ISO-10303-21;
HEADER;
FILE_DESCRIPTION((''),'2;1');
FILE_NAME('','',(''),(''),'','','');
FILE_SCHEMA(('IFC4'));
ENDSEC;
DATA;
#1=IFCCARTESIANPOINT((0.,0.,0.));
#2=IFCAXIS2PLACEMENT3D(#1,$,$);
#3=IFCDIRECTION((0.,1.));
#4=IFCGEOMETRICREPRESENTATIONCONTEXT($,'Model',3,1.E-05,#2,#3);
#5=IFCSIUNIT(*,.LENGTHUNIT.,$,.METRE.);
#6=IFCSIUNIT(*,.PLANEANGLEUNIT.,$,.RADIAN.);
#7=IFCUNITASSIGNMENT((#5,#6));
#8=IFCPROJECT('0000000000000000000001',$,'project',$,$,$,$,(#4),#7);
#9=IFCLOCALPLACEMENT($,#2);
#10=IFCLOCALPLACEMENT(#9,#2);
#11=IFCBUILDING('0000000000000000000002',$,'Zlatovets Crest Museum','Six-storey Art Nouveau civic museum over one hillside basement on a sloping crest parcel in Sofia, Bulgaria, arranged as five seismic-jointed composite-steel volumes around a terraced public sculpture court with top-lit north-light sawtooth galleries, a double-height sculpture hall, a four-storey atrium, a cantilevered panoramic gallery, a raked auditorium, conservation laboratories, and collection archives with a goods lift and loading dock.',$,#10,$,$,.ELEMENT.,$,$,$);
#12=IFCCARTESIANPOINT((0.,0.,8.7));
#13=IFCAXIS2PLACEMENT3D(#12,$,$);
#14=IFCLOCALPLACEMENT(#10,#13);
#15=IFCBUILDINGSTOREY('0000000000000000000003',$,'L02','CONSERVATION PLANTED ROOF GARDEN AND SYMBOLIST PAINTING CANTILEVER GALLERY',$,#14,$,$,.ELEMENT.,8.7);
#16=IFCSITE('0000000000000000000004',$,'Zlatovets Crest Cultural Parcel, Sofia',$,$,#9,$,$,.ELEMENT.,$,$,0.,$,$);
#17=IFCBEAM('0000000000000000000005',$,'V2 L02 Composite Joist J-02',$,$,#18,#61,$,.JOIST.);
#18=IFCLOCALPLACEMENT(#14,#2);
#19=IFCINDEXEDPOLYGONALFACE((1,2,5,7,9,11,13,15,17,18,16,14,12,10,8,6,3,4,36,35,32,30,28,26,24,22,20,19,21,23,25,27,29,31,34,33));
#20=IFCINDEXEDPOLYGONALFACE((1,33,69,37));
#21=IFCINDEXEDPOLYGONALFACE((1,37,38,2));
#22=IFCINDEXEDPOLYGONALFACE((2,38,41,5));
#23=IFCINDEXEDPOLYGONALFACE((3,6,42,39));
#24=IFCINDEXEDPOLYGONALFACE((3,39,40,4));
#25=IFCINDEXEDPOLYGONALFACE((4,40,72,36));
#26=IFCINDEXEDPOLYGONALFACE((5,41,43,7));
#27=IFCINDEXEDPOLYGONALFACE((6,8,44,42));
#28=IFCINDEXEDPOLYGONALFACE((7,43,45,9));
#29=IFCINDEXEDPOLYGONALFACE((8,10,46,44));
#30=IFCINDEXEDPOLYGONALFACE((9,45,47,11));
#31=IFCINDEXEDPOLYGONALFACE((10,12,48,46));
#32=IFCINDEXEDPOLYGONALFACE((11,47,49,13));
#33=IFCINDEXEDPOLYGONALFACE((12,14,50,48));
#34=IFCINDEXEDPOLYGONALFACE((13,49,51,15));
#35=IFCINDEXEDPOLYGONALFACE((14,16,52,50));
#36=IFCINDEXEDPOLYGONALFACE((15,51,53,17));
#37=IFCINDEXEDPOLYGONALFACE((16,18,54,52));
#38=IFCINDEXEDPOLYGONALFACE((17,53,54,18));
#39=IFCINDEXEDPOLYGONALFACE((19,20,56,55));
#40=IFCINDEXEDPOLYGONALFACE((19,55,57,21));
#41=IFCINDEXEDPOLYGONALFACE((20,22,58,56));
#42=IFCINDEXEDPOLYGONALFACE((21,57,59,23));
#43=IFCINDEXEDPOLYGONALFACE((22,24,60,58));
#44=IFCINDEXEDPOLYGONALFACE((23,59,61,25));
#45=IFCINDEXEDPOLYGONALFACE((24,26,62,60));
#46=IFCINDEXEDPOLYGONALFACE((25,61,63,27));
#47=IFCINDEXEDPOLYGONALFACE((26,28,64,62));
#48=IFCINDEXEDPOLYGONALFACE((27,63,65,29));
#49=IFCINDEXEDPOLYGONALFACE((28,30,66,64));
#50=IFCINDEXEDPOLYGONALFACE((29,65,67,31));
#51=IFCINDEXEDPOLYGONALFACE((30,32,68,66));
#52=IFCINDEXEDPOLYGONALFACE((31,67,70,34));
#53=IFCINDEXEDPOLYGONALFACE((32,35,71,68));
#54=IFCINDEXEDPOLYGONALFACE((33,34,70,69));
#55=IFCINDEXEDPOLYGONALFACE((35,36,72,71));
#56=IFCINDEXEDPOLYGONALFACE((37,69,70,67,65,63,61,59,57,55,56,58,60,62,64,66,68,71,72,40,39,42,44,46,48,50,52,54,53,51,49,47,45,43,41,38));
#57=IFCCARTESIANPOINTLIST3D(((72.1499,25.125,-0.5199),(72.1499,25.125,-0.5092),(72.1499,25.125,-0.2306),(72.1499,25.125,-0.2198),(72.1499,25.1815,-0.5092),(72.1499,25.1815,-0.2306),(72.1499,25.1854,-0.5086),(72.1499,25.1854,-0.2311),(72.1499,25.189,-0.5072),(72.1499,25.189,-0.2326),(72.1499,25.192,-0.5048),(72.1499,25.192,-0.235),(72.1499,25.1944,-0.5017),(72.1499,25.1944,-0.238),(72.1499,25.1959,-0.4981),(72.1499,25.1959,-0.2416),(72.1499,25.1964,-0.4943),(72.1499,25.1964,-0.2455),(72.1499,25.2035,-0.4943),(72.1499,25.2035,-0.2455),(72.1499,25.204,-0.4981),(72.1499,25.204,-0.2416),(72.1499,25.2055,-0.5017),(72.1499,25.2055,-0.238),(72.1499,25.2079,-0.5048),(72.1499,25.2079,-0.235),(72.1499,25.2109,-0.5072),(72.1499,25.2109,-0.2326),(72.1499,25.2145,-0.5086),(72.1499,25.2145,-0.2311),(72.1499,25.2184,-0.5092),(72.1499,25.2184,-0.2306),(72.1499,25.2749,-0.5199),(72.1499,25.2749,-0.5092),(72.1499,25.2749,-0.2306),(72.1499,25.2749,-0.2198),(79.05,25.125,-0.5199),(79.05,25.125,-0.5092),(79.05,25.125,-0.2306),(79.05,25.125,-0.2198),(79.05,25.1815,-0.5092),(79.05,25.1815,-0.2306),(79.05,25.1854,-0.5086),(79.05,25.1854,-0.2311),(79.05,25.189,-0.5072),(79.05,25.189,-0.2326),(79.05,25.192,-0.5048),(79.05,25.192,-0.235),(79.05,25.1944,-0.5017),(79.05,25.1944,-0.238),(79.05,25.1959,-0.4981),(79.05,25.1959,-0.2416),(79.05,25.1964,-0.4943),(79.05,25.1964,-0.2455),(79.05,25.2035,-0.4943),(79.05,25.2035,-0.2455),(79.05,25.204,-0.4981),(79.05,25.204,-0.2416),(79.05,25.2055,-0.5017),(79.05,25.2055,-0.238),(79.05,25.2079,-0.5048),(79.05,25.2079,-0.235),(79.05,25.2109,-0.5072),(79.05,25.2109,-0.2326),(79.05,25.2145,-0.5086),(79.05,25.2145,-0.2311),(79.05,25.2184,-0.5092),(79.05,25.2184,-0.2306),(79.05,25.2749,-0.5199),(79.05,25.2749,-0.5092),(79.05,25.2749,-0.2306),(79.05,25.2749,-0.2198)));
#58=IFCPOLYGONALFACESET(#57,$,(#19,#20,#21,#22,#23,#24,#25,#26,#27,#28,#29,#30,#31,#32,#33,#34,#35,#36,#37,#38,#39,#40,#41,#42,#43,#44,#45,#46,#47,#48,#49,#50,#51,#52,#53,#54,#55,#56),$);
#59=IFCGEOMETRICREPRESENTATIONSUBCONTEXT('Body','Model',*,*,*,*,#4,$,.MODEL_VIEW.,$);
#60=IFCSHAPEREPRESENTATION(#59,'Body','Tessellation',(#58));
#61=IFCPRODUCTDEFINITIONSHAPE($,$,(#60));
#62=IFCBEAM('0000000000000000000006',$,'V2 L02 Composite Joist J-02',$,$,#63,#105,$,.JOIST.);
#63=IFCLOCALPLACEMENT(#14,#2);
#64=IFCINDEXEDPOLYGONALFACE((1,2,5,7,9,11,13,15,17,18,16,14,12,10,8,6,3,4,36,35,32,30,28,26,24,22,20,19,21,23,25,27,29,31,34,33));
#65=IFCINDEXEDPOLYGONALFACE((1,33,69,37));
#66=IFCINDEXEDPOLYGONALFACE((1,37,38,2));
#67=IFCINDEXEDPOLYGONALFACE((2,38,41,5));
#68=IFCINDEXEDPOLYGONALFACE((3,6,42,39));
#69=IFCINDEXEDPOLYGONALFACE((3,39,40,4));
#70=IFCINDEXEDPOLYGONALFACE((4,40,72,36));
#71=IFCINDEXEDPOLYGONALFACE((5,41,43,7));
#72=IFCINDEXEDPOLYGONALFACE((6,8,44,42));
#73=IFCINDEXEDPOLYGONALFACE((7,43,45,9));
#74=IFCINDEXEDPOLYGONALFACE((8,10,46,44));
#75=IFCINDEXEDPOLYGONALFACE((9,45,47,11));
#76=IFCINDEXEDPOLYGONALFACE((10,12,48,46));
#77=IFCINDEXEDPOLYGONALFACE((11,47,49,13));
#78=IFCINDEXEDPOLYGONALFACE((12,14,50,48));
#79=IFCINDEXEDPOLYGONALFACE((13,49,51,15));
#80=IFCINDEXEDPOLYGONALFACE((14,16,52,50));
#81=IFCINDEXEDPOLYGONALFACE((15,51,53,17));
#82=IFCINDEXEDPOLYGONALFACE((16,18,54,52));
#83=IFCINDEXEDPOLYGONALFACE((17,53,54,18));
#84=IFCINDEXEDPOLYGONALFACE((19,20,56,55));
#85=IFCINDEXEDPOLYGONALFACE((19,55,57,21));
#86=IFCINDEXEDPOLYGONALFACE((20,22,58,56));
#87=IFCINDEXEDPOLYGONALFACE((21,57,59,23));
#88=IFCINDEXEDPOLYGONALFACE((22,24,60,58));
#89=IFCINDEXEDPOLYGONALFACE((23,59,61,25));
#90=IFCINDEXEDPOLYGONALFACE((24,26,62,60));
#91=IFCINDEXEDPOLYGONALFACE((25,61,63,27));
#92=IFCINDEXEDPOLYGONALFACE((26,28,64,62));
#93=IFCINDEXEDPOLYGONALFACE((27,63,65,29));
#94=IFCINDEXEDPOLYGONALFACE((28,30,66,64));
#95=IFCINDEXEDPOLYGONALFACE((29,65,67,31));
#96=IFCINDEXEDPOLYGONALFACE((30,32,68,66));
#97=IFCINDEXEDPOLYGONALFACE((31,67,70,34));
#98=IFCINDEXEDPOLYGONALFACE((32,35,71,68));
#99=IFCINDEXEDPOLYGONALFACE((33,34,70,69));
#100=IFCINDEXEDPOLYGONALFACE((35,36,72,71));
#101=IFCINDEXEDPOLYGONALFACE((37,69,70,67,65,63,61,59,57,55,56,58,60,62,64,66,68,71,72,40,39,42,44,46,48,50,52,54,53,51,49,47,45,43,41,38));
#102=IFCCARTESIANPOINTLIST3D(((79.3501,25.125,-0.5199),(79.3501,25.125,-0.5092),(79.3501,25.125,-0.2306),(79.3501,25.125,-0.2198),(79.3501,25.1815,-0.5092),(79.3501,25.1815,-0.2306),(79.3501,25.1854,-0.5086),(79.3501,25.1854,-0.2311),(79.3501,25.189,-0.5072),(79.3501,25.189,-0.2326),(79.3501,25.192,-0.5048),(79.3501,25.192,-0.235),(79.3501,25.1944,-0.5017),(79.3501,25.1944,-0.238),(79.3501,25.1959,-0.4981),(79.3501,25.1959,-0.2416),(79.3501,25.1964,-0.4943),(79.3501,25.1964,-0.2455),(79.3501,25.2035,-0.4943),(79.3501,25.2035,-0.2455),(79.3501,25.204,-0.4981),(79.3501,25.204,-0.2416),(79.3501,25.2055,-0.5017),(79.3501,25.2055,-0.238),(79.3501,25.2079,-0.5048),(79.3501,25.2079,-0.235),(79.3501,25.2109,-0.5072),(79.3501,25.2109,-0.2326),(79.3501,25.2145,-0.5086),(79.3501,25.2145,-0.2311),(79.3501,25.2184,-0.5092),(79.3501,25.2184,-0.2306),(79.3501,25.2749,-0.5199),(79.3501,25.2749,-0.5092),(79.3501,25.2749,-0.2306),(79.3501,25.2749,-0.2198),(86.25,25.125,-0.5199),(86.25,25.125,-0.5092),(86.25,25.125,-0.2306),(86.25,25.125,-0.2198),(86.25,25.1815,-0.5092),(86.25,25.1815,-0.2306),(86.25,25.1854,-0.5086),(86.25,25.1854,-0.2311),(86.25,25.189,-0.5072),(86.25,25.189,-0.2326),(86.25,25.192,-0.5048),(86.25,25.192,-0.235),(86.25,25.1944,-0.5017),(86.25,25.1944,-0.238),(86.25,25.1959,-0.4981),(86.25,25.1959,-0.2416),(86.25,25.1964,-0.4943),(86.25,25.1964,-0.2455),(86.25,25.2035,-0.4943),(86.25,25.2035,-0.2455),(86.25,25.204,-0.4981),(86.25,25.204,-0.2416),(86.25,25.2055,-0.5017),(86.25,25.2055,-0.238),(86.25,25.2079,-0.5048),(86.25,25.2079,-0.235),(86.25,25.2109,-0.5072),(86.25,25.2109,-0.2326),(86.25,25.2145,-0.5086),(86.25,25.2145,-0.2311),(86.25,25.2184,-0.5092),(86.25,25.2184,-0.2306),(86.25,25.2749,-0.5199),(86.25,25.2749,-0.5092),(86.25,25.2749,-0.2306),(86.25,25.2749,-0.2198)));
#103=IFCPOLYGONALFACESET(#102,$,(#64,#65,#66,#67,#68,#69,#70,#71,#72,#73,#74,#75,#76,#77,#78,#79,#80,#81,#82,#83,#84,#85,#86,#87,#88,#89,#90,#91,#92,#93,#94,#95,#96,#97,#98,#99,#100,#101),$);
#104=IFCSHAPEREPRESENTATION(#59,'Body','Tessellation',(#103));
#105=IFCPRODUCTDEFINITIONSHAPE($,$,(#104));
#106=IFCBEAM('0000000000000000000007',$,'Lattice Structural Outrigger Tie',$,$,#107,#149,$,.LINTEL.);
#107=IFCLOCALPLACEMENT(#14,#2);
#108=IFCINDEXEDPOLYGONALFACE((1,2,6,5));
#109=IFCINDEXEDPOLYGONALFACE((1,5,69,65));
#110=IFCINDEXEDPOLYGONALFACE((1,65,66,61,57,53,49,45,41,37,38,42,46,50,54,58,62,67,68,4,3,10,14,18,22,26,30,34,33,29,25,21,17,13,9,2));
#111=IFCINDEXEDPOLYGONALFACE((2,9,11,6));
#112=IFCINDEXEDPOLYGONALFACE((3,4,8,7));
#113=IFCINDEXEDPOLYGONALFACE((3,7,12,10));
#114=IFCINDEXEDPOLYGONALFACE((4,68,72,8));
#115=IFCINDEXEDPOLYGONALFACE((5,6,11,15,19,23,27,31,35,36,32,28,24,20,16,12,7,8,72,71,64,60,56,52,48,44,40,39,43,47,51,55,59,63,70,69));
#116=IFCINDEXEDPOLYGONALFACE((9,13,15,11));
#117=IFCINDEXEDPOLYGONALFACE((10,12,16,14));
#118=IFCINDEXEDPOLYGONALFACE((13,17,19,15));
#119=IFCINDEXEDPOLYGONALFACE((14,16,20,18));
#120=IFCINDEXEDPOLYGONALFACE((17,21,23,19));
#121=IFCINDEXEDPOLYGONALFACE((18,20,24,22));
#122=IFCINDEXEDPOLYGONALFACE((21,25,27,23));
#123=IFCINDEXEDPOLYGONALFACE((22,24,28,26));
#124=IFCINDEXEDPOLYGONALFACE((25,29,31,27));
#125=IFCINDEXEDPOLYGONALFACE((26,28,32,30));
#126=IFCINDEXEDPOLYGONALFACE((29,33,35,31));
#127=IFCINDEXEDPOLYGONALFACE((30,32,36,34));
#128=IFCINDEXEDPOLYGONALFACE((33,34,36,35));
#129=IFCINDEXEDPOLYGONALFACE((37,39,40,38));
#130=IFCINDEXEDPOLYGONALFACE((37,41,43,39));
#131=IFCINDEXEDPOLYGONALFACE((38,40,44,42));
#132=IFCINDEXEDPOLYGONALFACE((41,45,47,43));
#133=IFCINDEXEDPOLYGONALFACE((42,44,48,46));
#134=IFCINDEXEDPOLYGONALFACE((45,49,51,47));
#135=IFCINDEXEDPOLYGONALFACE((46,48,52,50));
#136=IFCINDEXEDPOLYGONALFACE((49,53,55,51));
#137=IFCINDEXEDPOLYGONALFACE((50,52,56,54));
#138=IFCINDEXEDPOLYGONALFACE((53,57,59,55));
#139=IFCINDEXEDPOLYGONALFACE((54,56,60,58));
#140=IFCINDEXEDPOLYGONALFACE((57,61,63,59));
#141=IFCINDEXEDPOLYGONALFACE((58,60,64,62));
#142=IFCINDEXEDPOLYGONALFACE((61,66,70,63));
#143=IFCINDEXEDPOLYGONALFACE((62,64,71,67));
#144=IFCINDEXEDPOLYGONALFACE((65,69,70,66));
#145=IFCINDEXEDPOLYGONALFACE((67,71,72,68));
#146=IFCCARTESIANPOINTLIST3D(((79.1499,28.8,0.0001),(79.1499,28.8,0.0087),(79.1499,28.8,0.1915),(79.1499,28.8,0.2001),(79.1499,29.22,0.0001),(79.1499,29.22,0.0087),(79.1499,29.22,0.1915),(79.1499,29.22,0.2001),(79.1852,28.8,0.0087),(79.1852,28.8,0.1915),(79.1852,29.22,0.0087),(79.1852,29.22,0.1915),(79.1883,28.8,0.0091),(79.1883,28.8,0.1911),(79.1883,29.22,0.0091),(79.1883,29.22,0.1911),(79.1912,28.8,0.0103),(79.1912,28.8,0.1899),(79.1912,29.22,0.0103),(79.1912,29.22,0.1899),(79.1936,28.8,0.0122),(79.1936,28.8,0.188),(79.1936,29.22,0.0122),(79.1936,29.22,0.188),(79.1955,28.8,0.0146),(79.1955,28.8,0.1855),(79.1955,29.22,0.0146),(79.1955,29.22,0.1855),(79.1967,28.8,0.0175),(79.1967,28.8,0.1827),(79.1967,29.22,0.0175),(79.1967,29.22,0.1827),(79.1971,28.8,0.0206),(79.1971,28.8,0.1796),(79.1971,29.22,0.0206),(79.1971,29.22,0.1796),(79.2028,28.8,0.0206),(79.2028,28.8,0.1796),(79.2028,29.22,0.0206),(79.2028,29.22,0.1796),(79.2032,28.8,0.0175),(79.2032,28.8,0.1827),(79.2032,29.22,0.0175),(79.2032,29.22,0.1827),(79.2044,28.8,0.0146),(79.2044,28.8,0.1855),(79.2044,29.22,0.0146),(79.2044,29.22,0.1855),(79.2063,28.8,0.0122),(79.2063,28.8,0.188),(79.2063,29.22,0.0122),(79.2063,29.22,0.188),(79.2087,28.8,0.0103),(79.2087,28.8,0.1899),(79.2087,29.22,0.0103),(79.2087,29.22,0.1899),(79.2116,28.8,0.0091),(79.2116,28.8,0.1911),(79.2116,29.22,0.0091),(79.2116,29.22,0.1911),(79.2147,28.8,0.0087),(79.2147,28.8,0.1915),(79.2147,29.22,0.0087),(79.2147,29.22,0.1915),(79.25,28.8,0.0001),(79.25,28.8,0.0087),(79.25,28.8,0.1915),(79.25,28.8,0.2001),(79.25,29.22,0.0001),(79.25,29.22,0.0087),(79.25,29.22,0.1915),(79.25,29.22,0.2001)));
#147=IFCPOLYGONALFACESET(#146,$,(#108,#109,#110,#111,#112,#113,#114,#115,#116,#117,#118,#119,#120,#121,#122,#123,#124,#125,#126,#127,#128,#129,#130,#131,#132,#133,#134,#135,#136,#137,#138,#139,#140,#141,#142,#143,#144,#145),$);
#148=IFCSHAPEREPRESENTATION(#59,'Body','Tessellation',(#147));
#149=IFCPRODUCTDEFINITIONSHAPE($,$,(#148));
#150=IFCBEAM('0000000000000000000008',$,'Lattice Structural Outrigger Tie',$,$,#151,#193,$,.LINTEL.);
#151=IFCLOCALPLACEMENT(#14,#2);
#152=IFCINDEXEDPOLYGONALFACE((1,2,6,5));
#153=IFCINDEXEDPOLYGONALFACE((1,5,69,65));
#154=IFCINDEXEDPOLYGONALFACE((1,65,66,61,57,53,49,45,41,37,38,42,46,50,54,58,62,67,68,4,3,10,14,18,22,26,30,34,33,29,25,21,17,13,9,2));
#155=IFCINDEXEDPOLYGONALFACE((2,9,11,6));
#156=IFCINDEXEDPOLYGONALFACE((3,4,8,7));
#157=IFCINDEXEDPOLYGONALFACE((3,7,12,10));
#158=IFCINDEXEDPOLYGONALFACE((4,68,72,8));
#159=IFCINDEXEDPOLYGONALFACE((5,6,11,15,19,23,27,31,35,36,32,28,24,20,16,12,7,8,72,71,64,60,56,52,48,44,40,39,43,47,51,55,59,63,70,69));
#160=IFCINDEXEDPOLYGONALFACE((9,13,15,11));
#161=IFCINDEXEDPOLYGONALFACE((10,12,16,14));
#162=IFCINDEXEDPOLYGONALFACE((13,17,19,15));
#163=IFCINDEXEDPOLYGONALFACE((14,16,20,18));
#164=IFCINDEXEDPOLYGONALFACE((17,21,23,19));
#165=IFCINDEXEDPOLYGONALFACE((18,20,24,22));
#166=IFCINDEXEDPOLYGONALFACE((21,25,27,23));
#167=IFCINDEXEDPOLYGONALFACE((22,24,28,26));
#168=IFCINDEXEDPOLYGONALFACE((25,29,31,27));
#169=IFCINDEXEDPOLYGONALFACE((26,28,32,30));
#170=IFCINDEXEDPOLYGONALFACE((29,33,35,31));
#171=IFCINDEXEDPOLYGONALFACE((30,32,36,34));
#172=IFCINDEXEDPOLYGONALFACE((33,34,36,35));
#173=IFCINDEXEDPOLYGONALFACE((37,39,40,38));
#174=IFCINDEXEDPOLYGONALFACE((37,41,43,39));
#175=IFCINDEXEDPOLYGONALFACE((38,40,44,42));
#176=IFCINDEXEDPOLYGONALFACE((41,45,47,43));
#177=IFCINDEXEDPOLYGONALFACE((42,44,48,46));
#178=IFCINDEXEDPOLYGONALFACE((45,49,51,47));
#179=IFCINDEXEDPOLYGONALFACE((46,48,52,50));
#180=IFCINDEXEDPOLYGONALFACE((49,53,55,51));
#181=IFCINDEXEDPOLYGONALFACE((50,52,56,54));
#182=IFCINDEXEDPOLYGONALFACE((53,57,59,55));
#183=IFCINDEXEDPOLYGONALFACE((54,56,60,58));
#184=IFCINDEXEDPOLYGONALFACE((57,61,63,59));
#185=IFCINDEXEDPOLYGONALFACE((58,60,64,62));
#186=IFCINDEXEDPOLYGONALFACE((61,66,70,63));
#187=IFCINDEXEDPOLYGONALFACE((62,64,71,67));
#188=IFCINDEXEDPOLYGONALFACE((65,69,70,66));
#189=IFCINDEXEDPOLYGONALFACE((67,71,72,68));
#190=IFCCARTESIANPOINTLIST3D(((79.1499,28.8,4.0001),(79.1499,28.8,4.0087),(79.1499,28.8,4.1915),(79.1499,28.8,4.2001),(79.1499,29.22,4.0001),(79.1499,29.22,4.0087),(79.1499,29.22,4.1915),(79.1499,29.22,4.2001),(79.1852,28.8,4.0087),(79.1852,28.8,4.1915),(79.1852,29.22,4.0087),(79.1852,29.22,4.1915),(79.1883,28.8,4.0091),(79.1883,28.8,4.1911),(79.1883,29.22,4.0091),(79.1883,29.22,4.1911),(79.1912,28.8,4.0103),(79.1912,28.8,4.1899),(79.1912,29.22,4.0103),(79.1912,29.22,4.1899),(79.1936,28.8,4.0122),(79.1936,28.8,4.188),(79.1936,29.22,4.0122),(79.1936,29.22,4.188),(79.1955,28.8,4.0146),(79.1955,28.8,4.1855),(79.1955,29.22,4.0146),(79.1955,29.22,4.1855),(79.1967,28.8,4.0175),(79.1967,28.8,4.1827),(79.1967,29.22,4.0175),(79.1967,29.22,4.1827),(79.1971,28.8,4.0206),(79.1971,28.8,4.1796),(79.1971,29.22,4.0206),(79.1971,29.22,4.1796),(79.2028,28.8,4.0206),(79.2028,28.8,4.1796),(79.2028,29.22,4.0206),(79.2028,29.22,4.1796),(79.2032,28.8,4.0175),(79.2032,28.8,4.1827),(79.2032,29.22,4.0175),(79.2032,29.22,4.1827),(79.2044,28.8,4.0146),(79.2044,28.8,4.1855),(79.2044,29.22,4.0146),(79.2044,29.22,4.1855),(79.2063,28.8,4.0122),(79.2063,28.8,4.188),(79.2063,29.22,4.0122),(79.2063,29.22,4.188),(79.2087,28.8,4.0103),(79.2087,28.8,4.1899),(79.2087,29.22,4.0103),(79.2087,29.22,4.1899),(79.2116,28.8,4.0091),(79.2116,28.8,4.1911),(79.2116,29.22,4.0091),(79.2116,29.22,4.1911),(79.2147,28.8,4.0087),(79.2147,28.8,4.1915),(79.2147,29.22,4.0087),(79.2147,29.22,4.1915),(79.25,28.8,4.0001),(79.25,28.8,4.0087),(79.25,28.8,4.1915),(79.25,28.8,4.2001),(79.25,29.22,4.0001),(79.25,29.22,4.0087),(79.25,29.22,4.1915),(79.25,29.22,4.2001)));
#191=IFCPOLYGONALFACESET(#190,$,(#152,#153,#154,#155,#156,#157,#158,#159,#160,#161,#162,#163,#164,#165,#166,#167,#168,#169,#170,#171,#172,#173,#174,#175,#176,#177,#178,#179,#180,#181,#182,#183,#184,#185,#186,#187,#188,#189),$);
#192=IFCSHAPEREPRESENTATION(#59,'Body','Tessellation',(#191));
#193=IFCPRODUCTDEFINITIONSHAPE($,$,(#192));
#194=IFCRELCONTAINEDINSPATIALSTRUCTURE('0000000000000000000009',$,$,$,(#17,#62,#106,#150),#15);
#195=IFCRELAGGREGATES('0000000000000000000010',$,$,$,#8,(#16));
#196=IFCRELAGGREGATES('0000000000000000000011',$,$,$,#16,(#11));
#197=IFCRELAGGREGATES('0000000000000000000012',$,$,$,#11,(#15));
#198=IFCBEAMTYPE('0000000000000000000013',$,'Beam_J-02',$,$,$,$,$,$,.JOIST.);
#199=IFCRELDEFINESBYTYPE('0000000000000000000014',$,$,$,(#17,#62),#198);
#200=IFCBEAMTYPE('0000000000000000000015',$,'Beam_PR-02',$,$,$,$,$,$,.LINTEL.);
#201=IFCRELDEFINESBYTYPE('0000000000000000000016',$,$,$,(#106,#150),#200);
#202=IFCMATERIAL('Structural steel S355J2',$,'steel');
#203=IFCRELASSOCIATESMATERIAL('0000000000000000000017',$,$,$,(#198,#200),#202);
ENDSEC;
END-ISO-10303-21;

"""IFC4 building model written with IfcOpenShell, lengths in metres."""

from ifc_helpers import new_model, si_unit, direction, frame, origin, origin_2d, place, context, subcontext, project, spatial, i_section, extrude, material, material_profile, profile_set, type_object, element, save


model = new_model("IFC4")

# Units and contexts
model_context = context("Model", 3, precision=1e-05, world=origin(), true_north=direction((0.0, 1.0)))
body_context = subcontext(model_context, "Body", "Model", "MODEL_VIEW")
ifc_project = project(units=[si_unit("LENGTHUNIT", "METRE"), si_unit("PLANEANGLEUNIT", "RADIAN")], contexts=[model_context])

# Site, building, storey
site_placement = place(None, origin())
site = spatial("IfcSite", under=ifc_project, at=site_placement, Name="Zlatovets Crest Cultural Parcel, Sofia", CompositionType="ELEMENT", RefElevation=0.0)
building_placement = place(site_placement, origin())
building = spatial("IfcBuilding", under=site, at=building_placement, Name="Zlatovets Crest Museum", Description="Six-storey Art Nouveau civic museum over one hillside basement on a sloping crest parcel in Sofia, Bulgaria, arranged as five seismic-jointed composite-steel volumes around a terraced public sculpture court with top-lit north-light sawtooth galleries, a double-height sculpture hall, a four-storey atrium, a cantilevered panoramic gallery, a raked auditorium, conservation laboratories, and collection archives with a goods lift and loading dock.", CompositionType="ELEMENT")
storey_placement = place(building_placement, frame((0.0, 0.0, 8.7)))
storey = spatial("IfcBuildingStorey", under=building, at=storey_placement, Name="L02", Description="CONSERVATION PLANTED ROOF GARDEN AND SYMBOLIST PAINTING CANTILEVER GALLERY", CompositionType="ELEMENT", Elevation=8.7)

# Shared definitions
ifc_material_1 = material(Name="Structural steel S355J2", Category="steel")

# Beams
ifc_material_profile_1 = material_profile(ifc_material_1, i_section(OverallWidth=0.1499, OverallDepth=0.3, WebThickness=0.0071, FlangeThickness=0.0107, FilletRadius=0.0149, at=origin_2d()), Name="IPE 300")
ifc_profile_set_1 = profile_set([ifc_material_profile_1], Name="Structural steel S355J2")
beam_type_1 = type_object("IfcBeamType", Name="Beam_J-02", PredefinedType="JOIST", material=ifc_profile_set_1)
beam_1_placement = place(storey_placement, frame((72.1499, 25.2, -0.3699), z_axis=(1.0, 0.0, 0.0), x_axis=(0.0, 1.0, 0.0)))
element("IfcBeam", 1, at=beam_1_placement, inside=storey, type_object=beam_type_1, Name="V2 L02 Composite Joist J-02", PredefinedType="JOIST", context=body_context, shape_type="SweptSolid", body=[
    extrude(i_section(OverallWidth=0.1499, OverallDepth=0.3, WebThickness=0.0071, FlangeThickness=0.0107, FilletRadius=0.0149, at=origin_2d()), origin(), (0.0, 0.0, 1.0), 6.9001),
])
beam_2_placement = place(storey_placement, frame((79.3501, 25.2, -0.3699), z_axis=(1.0, 0.0, 0.0), x_axis=(0.0, 1.0, 0.0)))
element("IfcBeam", 2, at=beam_2_placement, inside=storey, type_object=beam_type_1, Name="V2 L02 Composite Joist J-02", PredefinedType="JOIST", context=body_context, shape_type="SweptSolid", body=[
    extrude(i_section(OverallWidth=0.1499, OverallDepth=0.3, WebThickness=0.0071, FlangeThickness=0.0107, FilletRadius=0.0149, at=origin_2d()), origin(), (0.0, 0.0, 1.0), 6.8999),
])
ifc_material_profile_2 = material_profile(ifc_material_1, i_section(OverallWidth=0.1001, OverallDepth=0.2, WebThickness=0.0056, FlangeThickness=0.0085, FilletRadius=0.012, at=origin_2d()), Name="IPE 200")
ifc_profile_set_2 = profile_set([ifc_material_profile_2], Name="Structural steel S355J2")
beam_type_2 = type_object("IfcBeamType", Name="Beam_PR-02", PredefinedType="LINTEL", material=ifc_profile_set_2)
for number, where, z_axis, x_axis, name in (
    (3, (79.2, 28.8, 0.1001), (0.0, 1.0, 0.0), (-1.0, 0.0, 0.0), "Lattice Structural Outrigger Tie"),
    (4, (79.2, 28.8, 4.1001), (0.0, 1.0, 0.0), (-1.0, 0.0, 0.0), "Lattice Structural Outrigger Tie"),
):
    element("IfcBeam", number, at=place(storey_placement, frame(where, z_axis=z_axis, x_axis=x_axis)), inside=storey, type_object=beam_type_2, Name=name, PredefinedType="LINTEL", context=body_context, shape_type="SweptSolid", body=[
        extrude(i_section(OverallWidth=0.1001, OverallDepth=0.2, WebThickness=0.0056, FlangeThickness=0.0085, FilletRadius=0.012, at=origin_2d()), origin(), (0.0, 0.0, 1.0), 0.4199),
    ])

save(model, "model.ifc")
